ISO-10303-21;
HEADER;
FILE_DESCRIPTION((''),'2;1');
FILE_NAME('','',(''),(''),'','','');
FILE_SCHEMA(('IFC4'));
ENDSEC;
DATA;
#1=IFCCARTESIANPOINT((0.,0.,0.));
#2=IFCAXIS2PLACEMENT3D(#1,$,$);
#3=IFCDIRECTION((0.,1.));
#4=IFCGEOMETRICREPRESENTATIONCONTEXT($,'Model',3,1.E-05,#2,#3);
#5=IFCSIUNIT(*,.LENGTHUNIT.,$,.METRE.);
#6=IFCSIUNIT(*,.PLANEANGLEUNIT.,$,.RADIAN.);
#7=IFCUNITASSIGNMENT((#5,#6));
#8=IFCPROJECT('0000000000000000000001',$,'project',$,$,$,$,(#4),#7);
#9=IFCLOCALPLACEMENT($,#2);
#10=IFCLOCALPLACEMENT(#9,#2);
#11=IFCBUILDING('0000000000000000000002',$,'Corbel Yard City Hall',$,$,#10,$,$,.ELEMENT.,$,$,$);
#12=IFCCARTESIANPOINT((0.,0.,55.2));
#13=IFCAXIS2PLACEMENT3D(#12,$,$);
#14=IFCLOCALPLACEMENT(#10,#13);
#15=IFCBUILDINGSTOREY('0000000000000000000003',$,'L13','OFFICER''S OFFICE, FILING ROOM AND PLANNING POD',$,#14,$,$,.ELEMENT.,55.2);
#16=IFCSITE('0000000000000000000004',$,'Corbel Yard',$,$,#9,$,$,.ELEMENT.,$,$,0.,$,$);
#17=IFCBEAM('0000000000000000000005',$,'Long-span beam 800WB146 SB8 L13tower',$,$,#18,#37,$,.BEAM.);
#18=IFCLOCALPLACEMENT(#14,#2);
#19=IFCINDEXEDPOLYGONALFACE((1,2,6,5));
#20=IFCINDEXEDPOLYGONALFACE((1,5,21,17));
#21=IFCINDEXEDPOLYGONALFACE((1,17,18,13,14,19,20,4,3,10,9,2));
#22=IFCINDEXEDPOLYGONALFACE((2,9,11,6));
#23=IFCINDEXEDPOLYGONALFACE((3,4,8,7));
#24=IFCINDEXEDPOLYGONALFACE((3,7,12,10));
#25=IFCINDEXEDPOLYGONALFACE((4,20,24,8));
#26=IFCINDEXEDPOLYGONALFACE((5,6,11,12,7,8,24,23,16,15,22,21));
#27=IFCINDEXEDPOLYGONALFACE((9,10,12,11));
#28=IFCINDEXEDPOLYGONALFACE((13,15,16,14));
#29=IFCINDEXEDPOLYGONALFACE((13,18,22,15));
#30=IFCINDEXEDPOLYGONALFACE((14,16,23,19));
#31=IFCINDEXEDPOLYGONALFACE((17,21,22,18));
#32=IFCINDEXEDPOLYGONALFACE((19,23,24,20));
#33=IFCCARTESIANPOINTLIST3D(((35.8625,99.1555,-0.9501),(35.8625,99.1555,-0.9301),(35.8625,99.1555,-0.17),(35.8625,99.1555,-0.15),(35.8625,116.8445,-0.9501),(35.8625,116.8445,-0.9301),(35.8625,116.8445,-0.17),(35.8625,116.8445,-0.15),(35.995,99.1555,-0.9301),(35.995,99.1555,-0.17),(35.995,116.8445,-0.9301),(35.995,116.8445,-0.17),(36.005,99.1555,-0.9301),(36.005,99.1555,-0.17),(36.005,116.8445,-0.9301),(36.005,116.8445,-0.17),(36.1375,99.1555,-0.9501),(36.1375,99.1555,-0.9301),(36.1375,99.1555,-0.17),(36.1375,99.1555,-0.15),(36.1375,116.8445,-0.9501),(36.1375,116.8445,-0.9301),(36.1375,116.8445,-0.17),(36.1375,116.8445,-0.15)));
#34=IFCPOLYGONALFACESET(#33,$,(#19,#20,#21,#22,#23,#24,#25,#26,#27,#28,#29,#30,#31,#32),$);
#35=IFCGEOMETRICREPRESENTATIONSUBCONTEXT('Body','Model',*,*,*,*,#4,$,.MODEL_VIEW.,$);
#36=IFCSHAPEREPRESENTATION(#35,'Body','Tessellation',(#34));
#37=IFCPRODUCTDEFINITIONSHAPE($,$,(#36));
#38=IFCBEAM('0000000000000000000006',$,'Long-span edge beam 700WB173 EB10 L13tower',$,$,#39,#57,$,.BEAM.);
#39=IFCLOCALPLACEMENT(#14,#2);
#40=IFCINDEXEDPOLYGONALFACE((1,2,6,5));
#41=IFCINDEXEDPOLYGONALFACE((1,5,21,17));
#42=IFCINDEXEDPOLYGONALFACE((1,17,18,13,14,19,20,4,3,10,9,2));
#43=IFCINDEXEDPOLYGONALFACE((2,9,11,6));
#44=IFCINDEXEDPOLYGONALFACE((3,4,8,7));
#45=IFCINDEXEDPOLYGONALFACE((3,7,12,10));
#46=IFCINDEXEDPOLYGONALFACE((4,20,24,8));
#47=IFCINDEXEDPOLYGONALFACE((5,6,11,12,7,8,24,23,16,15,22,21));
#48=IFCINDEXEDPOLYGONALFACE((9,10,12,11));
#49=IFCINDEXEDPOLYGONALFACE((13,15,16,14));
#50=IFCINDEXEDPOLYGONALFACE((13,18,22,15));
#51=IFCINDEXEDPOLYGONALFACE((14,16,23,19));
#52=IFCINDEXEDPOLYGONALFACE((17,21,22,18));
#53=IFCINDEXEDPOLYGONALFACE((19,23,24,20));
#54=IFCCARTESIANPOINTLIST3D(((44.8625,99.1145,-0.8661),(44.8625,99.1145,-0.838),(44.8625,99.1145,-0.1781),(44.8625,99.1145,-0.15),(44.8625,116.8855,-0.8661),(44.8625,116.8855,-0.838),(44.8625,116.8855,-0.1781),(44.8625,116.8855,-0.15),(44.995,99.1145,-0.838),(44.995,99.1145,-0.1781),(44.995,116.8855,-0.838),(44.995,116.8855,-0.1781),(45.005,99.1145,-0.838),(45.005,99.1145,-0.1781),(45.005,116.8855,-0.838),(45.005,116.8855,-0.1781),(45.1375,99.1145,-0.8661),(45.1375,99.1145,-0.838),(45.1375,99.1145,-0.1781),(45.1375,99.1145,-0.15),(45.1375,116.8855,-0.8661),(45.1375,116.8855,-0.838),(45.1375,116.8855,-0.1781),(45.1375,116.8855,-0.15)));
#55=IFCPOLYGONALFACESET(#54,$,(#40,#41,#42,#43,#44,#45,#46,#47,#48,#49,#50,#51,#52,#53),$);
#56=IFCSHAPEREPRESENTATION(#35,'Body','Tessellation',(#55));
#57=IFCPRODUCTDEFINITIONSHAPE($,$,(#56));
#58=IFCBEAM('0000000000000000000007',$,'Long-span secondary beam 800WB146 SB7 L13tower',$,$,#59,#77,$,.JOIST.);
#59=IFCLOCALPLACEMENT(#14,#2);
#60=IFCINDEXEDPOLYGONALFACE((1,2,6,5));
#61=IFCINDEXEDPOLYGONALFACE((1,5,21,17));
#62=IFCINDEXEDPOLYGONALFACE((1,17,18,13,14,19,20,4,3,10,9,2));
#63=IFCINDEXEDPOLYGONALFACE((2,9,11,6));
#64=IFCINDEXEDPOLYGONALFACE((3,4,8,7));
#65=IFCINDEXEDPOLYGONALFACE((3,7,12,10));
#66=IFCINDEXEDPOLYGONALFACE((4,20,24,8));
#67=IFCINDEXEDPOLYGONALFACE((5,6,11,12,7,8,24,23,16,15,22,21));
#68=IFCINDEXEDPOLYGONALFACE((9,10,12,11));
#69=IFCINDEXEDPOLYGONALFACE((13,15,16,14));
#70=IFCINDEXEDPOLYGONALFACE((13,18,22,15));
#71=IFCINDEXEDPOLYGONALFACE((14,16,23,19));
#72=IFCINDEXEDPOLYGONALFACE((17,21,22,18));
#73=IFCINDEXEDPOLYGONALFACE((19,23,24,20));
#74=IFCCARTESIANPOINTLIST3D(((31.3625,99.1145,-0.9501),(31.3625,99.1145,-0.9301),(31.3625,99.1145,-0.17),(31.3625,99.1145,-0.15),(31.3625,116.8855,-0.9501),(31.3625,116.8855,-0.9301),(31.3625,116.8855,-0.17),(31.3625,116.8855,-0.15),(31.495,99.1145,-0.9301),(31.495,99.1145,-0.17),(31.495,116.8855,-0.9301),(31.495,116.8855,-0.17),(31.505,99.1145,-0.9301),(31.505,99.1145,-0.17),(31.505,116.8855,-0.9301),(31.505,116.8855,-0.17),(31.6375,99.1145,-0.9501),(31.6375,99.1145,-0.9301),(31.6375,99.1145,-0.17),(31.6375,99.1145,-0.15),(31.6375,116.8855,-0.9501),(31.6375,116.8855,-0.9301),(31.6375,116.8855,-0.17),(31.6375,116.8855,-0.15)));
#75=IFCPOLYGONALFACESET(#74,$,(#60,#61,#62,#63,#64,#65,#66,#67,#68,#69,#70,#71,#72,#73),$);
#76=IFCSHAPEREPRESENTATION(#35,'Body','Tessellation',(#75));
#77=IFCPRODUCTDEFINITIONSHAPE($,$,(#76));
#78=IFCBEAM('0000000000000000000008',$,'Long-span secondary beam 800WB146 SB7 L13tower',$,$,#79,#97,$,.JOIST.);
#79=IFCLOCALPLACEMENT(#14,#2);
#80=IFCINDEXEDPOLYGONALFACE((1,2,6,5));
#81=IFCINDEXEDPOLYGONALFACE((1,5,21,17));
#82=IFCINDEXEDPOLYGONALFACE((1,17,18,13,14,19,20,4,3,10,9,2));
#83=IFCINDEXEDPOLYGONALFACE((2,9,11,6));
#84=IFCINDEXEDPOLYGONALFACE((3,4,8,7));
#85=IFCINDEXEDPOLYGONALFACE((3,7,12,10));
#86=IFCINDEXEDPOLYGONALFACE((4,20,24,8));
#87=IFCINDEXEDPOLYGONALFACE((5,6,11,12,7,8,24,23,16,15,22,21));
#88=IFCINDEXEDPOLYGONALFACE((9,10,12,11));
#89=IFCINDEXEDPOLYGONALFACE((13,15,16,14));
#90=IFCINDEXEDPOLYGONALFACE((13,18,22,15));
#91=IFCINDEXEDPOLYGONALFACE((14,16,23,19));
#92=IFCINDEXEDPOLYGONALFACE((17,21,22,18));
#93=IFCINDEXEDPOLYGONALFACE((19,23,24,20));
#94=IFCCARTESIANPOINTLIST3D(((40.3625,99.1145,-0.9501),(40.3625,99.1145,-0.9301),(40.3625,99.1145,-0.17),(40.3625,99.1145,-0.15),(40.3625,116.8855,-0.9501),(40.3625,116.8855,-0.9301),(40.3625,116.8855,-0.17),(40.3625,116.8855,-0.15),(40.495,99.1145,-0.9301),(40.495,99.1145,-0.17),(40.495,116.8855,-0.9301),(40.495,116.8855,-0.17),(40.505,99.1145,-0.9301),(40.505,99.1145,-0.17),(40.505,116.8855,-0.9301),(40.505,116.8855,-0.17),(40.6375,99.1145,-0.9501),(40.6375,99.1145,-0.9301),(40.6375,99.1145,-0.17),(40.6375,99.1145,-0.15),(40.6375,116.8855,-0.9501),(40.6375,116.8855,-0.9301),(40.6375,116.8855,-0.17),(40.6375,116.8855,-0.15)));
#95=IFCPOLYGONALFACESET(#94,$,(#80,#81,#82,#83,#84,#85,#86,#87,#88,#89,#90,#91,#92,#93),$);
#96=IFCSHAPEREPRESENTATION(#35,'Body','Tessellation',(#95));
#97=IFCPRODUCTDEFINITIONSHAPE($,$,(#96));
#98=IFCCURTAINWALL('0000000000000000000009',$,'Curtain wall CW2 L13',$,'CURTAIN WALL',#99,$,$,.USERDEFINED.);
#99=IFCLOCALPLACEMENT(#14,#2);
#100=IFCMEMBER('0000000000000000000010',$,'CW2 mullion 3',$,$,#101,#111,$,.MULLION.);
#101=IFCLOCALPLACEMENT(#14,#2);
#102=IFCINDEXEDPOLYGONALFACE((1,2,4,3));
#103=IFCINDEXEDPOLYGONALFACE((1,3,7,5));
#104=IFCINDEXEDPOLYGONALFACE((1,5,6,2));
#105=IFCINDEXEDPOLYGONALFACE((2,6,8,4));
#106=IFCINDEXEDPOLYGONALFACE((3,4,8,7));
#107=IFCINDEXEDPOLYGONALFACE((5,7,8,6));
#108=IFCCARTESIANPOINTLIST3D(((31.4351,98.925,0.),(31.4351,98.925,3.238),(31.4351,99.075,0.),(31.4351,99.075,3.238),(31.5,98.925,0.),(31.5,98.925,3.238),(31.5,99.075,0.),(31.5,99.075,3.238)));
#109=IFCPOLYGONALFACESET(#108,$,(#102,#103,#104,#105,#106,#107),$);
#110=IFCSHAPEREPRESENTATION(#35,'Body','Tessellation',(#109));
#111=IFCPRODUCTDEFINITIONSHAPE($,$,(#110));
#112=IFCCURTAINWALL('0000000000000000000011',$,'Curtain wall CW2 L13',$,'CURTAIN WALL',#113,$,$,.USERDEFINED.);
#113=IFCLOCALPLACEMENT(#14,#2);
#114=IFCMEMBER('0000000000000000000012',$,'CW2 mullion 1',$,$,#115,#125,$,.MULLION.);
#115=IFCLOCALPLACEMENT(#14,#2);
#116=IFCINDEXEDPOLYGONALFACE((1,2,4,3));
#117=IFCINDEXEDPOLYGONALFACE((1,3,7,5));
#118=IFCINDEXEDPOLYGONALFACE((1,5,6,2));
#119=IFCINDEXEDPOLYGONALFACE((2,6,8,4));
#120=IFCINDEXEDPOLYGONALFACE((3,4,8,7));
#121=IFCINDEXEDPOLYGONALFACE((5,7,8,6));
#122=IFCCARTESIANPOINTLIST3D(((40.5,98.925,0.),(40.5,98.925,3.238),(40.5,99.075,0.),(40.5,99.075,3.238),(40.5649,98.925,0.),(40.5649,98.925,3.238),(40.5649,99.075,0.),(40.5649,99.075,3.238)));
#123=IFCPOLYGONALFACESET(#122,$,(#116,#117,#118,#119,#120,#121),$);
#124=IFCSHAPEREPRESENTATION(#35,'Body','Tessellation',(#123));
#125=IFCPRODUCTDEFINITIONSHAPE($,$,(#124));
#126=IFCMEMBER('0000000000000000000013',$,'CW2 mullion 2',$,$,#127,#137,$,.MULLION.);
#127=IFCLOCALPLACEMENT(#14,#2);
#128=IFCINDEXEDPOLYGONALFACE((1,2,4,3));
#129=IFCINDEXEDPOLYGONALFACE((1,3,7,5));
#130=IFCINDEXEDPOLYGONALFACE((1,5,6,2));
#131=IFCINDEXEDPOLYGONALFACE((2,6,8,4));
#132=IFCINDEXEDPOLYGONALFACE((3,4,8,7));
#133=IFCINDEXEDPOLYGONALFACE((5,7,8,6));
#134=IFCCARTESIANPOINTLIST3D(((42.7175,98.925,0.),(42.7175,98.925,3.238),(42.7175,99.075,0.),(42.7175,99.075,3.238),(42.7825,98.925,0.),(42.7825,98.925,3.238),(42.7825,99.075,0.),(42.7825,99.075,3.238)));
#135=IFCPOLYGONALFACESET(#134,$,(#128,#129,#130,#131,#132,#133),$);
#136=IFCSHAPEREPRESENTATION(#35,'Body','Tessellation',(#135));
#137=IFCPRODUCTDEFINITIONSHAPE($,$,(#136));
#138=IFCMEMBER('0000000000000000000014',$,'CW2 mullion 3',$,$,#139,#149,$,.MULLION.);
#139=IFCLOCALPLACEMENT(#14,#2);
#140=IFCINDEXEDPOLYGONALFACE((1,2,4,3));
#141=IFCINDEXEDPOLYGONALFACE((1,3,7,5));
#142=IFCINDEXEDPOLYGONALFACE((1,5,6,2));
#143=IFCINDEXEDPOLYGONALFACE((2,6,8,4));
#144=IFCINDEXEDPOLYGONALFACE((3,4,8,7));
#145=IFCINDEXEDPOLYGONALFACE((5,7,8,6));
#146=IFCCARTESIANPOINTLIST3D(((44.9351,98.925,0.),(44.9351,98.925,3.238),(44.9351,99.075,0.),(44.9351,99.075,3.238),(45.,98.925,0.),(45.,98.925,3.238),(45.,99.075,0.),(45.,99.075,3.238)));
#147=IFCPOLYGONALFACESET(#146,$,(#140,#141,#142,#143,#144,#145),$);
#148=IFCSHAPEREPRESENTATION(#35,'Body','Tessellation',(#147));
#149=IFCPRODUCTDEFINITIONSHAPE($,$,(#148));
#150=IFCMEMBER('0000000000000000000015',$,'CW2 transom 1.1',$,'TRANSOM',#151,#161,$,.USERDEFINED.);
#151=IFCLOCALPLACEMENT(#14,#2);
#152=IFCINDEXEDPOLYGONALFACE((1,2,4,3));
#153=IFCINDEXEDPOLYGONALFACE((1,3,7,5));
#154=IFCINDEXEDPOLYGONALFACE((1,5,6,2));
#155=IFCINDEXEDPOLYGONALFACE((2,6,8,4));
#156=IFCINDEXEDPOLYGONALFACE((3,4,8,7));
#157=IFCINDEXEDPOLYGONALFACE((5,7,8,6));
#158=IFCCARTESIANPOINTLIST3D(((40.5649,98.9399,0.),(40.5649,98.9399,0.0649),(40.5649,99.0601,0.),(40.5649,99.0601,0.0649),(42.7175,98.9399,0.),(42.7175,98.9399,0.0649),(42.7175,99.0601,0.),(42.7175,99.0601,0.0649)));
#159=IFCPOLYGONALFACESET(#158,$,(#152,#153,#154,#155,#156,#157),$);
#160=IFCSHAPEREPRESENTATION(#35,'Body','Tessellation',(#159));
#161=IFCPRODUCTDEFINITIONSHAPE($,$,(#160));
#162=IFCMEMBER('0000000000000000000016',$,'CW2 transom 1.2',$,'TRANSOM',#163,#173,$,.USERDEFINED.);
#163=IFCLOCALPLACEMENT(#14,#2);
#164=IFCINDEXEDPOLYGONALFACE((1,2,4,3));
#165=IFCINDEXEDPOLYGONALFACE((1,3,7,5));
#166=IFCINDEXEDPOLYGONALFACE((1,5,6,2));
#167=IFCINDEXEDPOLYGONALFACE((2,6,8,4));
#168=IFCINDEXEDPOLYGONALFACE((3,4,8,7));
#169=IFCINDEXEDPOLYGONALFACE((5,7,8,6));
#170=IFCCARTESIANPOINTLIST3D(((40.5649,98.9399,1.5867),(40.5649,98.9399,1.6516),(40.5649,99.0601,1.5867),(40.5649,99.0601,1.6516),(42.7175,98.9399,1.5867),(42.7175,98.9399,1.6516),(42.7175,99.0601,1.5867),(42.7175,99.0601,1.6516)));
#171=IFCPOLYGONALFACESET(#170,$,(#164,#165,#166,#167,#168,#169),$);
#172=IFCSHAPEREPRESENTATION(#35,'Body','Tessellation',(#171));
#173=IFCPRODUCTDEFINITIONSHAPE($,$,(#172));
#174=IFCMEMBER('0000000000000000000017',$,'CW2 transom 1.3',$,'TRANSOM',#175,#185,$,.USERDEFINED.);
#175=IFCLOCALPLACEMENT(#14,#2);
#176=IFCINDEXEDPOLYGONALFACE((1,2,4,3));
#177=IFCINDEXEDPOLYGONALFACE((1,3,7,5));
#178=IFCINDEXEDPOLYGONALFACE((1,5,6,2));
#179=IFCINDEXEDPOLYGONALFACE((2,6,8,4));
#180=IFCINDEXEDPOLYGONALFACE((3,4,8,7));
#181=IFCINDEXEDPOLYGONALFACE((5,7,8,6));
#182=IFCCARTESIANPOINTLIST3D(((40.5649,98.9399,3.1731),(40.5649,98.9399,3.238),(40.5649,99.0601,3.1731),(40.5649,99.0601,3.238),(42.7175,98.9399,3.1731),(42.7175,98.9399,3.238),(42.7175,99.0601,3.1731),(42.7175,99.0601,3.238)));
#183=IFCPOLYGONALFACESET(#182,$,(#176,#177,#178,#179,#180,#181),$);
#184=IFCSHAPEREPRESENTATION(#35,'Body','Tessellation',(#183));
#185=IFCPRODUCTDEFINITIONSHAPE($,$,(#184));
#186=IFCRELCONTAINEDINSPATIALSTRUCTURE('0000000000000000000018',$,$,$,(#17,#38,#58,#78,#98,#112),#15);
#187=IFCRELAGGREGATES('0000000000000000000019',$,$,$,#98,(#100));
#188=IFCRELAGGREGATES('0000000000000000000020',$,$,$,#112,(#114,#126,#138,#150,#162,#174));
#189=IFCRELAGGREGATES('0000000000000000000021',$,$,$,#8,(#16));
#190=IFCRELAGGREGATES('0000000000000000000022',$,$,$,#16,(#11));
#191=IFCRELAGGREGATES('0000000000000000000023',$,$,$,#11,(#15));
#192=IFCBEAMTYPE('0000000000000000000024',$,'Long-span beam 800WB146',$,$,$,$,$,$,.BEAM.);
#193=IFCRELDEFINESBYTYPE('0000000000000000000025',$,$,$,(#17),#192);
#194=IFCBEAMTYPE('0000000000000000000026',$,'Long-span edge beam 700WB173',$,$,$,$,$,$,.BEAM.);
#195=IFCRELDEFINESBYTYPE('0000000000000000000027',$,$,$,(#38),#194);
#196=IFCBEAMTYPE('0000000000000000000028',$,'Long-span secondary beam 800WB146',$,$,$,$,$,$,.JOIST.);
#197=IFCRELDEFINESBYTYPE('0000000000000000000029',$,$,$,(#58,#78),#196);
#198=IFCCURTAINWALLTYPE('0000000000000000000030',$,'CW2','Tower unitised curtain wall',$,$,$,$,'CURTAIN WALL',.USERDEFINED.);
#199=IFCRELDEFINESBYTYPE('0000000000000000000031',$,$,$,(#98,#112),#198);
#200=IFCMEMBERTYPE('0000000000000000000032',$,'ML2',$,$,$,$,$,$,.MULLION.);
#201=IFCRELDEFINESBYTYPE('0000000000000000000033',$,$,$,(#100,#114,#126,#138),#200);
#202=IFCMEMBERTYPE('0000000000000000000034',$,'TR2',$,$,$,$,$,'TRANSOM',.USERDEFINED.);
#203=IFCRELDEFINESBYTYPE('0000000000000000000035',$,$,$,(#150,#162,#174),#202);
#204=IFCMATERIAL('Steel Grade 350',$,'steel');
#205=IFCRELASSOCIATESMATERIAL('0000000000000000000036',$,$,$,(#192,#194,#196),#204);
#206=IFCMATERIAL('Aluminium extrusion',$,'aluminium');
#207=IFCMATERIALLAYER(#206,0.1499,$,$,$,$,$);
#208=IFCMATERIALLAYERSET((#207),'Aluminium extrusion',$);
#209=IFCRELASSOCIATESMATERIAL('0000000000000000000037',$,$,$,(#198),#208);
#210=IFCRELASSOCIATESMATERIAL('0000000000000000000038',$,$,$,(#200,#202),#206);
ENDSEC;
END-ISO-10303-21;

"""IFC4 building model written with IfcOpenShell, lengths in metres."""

from ifc_helpers import new_model, si_unit, direction, frame, origin, origin_2d, place, context, subcontext, project, spatial, rectangle, i_section, extrude, material, layer, layer_set, material_profile, profile_set, type_object, element, aggregate, save


model = new_model("IFC4")

# Units and contexts
model_context = context("Model", 3, precision=1e-05, world=origin(), true_north=direction((0.0, 1.0)))
body_context = subcontext(model_context, "Body", "Model", "MODEL_VIEW")
ifc_project = project(units=[si_unit("LENGTHUNIT", "METRE"), si_unit("PLANEANGLEUNIT", "RADIAN")], contexts=[model_context])

# Site, building, storey
site_placement = place(None, origin())
site = spatial("IfcSite", under=ifc_project, at=site_placement, Name="Corbel Yard", CompositionType="ELEMENT", RefElevation=0.0)
building_placement = place(site_placement, origin())
building = spatial("IfcBuilding", under=site, at=building_placement, Name="Corbel Yard City Hall", CompositionType="ELEMENT")
storey_placement = place(building_placement, frame((0.0, 0.0, 55.2)))
storey = spatial("IfcBuildingStorey", under=building, at=storey_placement, Name="L13", Description="OFFICER'S OFFICE, FILING ROOM AND PLANNING POD", CompositionType="ELEMENT", Elevation=55.2)

# Beams
ifc_material_1 = material(Name="Steel Grade 350", Category="steel")
ifc_material_profile_1 = material_profile(ifc_material_1, i_section(OverallWidth=0.2749, OverallDepth=0.8, WebThickness=0.01, FlangeThickness=0.02, at=origin_2d()), Name="800WB146")
ifc_profile_set_1 = profile_set([ifc_material_profile_1], Name="Steel Grade 350")
beam_type_1 = type_object("IfcBeamType", Name="Long-span beam 800WB146", PredefinedType="BEAM", material=ifc_profile_set_1)
beam_1_placement = place(storey_placement, frame((36.0, 99.1555, -0.55), z_axis=(0.0, 1.0, 0.0), x_axis=(-1.0, 0.0, 0.0)))
element("IfcBeam", 1, at=beam_1_placement, inside=storey, type_object=beam_type_1, Name="Long-span beam 800WB146 SB8 L13tower", PredefinedType="BEAM", context=body_context, shape_type="SweptSolid", body=[
    extrude(i_section(OverallWidth=0.2749, OverallDepth=0.8, WebThickness=0.01, FlangeThickness=0.02, at=origin_2d()), origin(), (0.0, 0.0, 1.0), 17.689),
])
ifc_material_profile_2 = material_profile(ifc_material_1, i_section(OverallWidth=0.2749, OverallDepth=0.7161, WebThickness=0.01, FlangeThickness=0.0281, at=origin_2d()), Name="700WB173")
ifc_profile_set_2 = profile_set([ifc_material_profile_2], Name="Steel Grade 350")
beam_type_2 = type_object("IfcBeamType", Name="Long-span edge beam 700WB173", PredefinedType="BEAM", material=ifc_profile_set_2)
beam_2_placement = place(storey_placement, frame((45.0, 99.1145, -0.5081), z_axis=(0.0, 1.0, 0.0), x_axis=(-1.0, 0.0, 0.0)))
element("IfcBeam", 2, at=beam_2_placement, inside=storey, type_object=beam_type_2, Name="Long-span edge beam 700WB173 EB10 L13tower", PredefinedType="BEAM", context=body_context, shape_type="SweptSolid", body=[
    extrude(i_section(OverallWidth=0.2749, OverallDepth=0.7161, WebThickness=0.01, FlangeThickness=0.0281, at=origin_2d()), origin(), (0.0, 0.0, 1.0), 17.771),
])
ifc_material_profile_3 = material_profile(ifc_material_1, i_section(OverallWidth=0.2749, OverallDepth=0.8, WebThickness=0.01, FlangeThickness=0.02, at=origin_2d()), Name="800WB146")
ifc_profile_set_3 = profile_set([ifc_material_profile_3], Name="Steel Grade 350")
beam_type_3 = type_object("IfcBeamType", Name="Long-span secondary beam 800WB146", PredefinedType="JOIST", material=ifc_profile_set_3)
for number, where, z_axis, x_axis, name in (
    (3, (31.5, 99.1145, -0.55), (0.0, 1.0, 0.0), (-1.0, 0.0, 0.0), "Long-span secondary beam 800WB146 SB7 L13tower"),
    (4, (40.5, 99.1145, -0.55), (0.0, 1.0, 0.0), (-1.0, 0.0, 0.0), "Long-span secondary beam 800WB146 SB7 L13tower"),
):
    element("IfcBeam", number, at=place(storey_placement, frame(where, z_axis=z_axis, x_axis=x_axis)), inside=storey, type_object=beam_type_3, Name=name, PredefinedType="JOIST", context=body_context, shape_type="SweptSolid", body=[
        extrude(i_section(OverallWidth=0.2749, OverallDepth=0.8, WebThickness=0.01, FlangeThickness=0.02, at=origin_2d()), origin(), (0.0, 0.0, 1.0), 17.771),
    ])

# Curtain wall, member
ifc_material_2 = material(Name="Aluminium extrusion", Category="aluminium")
ifc_layer_1 = layer(ifc_material_2, 0.1499)
ifc_layer_set_1 = layer_set([ifc_layer_1], Name="Aluminium extrusion")
curtain_wall_type = type_object("IfcCurtainWallType", Name="CW2", Description="Tower unitised curtain wall", ElementType="CURTAIN WALL", PredefinedType="USERDEFINED", material=ifc_layer_set_1)
curtain_wall_1_placement = place(storey_placement, origin())
curtain_wall_1 = element("IfcCurtainWall", 5, at=curtain_wall_1_placement, inside=storey, type_object=curtain_wall_type, Name="Curtain wall CW2 L13", ObjectType="CURTAIN WALL", PredefinedType="USERDEFINED")
ifc_material_profile_4 = material_profile(ifc_material_2, rectangle(XDim=0.1499, YDim=0.0649, at=origin_2d()), Name="150x65")
ifc_profile_set_4 = profile_set([ifc_material_profile_4], Name="Aluminium extrusion")
member_type_1 = type_object("IfcMemberType", Name="ML2", PredefinedType="MULLION", material=ifc_profile_set_4)
member_1_placement = place(storey_placement, frame((31.4675, 99.0, 0.0), z_axis=(0.0, 0.0, 1.0), x_axis=(0.0, 1.0, 0.0)))
member_1 = element("IfcMember", 6, at=member_1_placement, type_object=member_type_1, Name="CW2 mullion 3", PredefinedType="MULLION", context=body_context, shape_type="SweptSolid", body=[
    extrude(rectangle(XDim=0.1499, YDim=0.0649, at=origin_2d()), origin(), (0.0, 0.0, 1.0), 3.238),
])

# Curtain wall, members
curtain_wall_2_placement = place(storey_placement, origin())
curtain_wall_2 = element("IfcCurtainWall", 7, at=curtain_wall_2_placement, inside=storey, type_object=curtain_wall_type, Name="Curtain wall CW2 L13", ObjectType="CURTAIN WALL", PredefinedType="USERDEFINED")
member_2_placement = place(storey_placement, frame((40.5325, 99.0, 0.0), z_axis=(0.0, 0.0, 1.0), x_axis=(0.0, 1.0, 0.0)))
member_2 = element("IfcMember", 8, at=member_2_placement, type_object=member_type_1, Name="CW2 mullion 1", PredefinedType="MULLION", context=body_context, shape_type="SweptSolid", body=[
    extrude(rectangle(XDim=0.1499, YDim=0.0649, at=origin_2d()), origin(), (0.0, 0.0, 1.0), 3.238),
])
member_3_placement = place(storey_placement, frame((42.75, 99.0, 0.0), z_axis=(0.0, 0.0, 1.0), x_axis=(0.0, 1.0, 0.0)))
member_3 = element("IfcMember", 9, at=member_3_placement, type_object=member_type_1, Name="CW2 mullion 2", PredefinedType="MULLION", context=body_context, shape_type="SweptSolid", body=[
    extrude(rectangle(XDim=0.1499, YDim=0.0649, at=origin_2d()), origin(), (0.0, 0.0, 1.0), 3.238),
])
member_4_placement = place(storey_placement, frame((44.9675, 99.0, 0.0), z_axis=(0.0, 0.0, 1.0), x_axis=(0.0, 1.0, 0.0)))
member_4 = element("IfcMember", 10, at=member_4_placement, type_object=member_type_1, Name="CW2 mullion 3", PredefinedType="MULLION", context=body_context, shape_type="SweptSolid", body=[
    extrude(rectangle(XDim=0.1499, YDim=0.0649, at=origin_2d()), origin(), (0.0, 0.0, 1.0), 3.238),
])
ifc_material_profile_5 = material_profile(ifc_material_2, rectangle(XDim=0.1201, YDim=0.0649, at=origin_2d()), Name="120x65")
ifc_profile_set_5 = profile_set([ifc_material_profile_5], Name="Aluminium extrusion")
member_type_2 = type_object("IfcMemberType", Name="TR2", ElementType="TRANSOM", PredefinedType="USERDEFINED", material=ifc_profile_set_5)
member_5_placement = place(storey_placement, frame((40.5649, 99.0, 0.0325), z_axis=(1.0, 0.0, 0.0), x_axis=(0.0, 1.0, 0.0)))
member_5 = element("IfcMember", 11, at=member_5_placement, type_object=member_type_2, Name="CW2 transom 1.1", ObjectType="TRANSOM", PredefinedType="USERDEFINED", context=body_context, shape_type="SweptSolid", body=[
    extrude(rectangle(XDim=0.1201, YDim=0.0649, at=origin_2d()), origin(), (0.0, 0.0, 1.0), 2.1526),
])
member_6_placement = place(storey_placement, frame((40.5649, 99.0, 1.6191), z_axis=(1.0, 0.0, 0.0), x_axis=(0.0, 1.0, 0.0)))
member_6 = element("IfcMember", 12, at=member_6_placement, type_object=member_type_2, Name="CW2 transom 1.2", ObjectType="TRANSOM", PredefinedType="USERDEFINED", context=body_context, shape_type="SweptSolid", body=[
    extrude(rectangle(XDim=0.1201, YDim=0.0649, at=origin_2d()), origin(), (0.0, 0.0, 1.0), 2.1526),
])
member_7_placement = place(storey_placement, frame((40.5649, 99.0, 3.2056), z_axis=(1.0, 0.0, 0.0), x_axis=(0.0, 1.0, 0.0)))
member_7 = element("IfcMember", 13, at=member_7_placement, type_object=member_type_2, Name="CW2 transom 1.3", ObjectType="TRANSOM", PredefinedType="USERDEFINED", context=body_context, shape_type="SweptSolid", body=[
    extrude(rectangle(XDim=0.1201, YDim=0.0649, at=origin_2d()), origin(), (0.0, 0.0, 1.0), 2.1526),
])

aggregate(curtain_wall_1, [member_1])
aggregate(curtain_wall_2, [member_2, member_3, member_4, member_5, member_6, member_7])

save(model, "model.ifc")
